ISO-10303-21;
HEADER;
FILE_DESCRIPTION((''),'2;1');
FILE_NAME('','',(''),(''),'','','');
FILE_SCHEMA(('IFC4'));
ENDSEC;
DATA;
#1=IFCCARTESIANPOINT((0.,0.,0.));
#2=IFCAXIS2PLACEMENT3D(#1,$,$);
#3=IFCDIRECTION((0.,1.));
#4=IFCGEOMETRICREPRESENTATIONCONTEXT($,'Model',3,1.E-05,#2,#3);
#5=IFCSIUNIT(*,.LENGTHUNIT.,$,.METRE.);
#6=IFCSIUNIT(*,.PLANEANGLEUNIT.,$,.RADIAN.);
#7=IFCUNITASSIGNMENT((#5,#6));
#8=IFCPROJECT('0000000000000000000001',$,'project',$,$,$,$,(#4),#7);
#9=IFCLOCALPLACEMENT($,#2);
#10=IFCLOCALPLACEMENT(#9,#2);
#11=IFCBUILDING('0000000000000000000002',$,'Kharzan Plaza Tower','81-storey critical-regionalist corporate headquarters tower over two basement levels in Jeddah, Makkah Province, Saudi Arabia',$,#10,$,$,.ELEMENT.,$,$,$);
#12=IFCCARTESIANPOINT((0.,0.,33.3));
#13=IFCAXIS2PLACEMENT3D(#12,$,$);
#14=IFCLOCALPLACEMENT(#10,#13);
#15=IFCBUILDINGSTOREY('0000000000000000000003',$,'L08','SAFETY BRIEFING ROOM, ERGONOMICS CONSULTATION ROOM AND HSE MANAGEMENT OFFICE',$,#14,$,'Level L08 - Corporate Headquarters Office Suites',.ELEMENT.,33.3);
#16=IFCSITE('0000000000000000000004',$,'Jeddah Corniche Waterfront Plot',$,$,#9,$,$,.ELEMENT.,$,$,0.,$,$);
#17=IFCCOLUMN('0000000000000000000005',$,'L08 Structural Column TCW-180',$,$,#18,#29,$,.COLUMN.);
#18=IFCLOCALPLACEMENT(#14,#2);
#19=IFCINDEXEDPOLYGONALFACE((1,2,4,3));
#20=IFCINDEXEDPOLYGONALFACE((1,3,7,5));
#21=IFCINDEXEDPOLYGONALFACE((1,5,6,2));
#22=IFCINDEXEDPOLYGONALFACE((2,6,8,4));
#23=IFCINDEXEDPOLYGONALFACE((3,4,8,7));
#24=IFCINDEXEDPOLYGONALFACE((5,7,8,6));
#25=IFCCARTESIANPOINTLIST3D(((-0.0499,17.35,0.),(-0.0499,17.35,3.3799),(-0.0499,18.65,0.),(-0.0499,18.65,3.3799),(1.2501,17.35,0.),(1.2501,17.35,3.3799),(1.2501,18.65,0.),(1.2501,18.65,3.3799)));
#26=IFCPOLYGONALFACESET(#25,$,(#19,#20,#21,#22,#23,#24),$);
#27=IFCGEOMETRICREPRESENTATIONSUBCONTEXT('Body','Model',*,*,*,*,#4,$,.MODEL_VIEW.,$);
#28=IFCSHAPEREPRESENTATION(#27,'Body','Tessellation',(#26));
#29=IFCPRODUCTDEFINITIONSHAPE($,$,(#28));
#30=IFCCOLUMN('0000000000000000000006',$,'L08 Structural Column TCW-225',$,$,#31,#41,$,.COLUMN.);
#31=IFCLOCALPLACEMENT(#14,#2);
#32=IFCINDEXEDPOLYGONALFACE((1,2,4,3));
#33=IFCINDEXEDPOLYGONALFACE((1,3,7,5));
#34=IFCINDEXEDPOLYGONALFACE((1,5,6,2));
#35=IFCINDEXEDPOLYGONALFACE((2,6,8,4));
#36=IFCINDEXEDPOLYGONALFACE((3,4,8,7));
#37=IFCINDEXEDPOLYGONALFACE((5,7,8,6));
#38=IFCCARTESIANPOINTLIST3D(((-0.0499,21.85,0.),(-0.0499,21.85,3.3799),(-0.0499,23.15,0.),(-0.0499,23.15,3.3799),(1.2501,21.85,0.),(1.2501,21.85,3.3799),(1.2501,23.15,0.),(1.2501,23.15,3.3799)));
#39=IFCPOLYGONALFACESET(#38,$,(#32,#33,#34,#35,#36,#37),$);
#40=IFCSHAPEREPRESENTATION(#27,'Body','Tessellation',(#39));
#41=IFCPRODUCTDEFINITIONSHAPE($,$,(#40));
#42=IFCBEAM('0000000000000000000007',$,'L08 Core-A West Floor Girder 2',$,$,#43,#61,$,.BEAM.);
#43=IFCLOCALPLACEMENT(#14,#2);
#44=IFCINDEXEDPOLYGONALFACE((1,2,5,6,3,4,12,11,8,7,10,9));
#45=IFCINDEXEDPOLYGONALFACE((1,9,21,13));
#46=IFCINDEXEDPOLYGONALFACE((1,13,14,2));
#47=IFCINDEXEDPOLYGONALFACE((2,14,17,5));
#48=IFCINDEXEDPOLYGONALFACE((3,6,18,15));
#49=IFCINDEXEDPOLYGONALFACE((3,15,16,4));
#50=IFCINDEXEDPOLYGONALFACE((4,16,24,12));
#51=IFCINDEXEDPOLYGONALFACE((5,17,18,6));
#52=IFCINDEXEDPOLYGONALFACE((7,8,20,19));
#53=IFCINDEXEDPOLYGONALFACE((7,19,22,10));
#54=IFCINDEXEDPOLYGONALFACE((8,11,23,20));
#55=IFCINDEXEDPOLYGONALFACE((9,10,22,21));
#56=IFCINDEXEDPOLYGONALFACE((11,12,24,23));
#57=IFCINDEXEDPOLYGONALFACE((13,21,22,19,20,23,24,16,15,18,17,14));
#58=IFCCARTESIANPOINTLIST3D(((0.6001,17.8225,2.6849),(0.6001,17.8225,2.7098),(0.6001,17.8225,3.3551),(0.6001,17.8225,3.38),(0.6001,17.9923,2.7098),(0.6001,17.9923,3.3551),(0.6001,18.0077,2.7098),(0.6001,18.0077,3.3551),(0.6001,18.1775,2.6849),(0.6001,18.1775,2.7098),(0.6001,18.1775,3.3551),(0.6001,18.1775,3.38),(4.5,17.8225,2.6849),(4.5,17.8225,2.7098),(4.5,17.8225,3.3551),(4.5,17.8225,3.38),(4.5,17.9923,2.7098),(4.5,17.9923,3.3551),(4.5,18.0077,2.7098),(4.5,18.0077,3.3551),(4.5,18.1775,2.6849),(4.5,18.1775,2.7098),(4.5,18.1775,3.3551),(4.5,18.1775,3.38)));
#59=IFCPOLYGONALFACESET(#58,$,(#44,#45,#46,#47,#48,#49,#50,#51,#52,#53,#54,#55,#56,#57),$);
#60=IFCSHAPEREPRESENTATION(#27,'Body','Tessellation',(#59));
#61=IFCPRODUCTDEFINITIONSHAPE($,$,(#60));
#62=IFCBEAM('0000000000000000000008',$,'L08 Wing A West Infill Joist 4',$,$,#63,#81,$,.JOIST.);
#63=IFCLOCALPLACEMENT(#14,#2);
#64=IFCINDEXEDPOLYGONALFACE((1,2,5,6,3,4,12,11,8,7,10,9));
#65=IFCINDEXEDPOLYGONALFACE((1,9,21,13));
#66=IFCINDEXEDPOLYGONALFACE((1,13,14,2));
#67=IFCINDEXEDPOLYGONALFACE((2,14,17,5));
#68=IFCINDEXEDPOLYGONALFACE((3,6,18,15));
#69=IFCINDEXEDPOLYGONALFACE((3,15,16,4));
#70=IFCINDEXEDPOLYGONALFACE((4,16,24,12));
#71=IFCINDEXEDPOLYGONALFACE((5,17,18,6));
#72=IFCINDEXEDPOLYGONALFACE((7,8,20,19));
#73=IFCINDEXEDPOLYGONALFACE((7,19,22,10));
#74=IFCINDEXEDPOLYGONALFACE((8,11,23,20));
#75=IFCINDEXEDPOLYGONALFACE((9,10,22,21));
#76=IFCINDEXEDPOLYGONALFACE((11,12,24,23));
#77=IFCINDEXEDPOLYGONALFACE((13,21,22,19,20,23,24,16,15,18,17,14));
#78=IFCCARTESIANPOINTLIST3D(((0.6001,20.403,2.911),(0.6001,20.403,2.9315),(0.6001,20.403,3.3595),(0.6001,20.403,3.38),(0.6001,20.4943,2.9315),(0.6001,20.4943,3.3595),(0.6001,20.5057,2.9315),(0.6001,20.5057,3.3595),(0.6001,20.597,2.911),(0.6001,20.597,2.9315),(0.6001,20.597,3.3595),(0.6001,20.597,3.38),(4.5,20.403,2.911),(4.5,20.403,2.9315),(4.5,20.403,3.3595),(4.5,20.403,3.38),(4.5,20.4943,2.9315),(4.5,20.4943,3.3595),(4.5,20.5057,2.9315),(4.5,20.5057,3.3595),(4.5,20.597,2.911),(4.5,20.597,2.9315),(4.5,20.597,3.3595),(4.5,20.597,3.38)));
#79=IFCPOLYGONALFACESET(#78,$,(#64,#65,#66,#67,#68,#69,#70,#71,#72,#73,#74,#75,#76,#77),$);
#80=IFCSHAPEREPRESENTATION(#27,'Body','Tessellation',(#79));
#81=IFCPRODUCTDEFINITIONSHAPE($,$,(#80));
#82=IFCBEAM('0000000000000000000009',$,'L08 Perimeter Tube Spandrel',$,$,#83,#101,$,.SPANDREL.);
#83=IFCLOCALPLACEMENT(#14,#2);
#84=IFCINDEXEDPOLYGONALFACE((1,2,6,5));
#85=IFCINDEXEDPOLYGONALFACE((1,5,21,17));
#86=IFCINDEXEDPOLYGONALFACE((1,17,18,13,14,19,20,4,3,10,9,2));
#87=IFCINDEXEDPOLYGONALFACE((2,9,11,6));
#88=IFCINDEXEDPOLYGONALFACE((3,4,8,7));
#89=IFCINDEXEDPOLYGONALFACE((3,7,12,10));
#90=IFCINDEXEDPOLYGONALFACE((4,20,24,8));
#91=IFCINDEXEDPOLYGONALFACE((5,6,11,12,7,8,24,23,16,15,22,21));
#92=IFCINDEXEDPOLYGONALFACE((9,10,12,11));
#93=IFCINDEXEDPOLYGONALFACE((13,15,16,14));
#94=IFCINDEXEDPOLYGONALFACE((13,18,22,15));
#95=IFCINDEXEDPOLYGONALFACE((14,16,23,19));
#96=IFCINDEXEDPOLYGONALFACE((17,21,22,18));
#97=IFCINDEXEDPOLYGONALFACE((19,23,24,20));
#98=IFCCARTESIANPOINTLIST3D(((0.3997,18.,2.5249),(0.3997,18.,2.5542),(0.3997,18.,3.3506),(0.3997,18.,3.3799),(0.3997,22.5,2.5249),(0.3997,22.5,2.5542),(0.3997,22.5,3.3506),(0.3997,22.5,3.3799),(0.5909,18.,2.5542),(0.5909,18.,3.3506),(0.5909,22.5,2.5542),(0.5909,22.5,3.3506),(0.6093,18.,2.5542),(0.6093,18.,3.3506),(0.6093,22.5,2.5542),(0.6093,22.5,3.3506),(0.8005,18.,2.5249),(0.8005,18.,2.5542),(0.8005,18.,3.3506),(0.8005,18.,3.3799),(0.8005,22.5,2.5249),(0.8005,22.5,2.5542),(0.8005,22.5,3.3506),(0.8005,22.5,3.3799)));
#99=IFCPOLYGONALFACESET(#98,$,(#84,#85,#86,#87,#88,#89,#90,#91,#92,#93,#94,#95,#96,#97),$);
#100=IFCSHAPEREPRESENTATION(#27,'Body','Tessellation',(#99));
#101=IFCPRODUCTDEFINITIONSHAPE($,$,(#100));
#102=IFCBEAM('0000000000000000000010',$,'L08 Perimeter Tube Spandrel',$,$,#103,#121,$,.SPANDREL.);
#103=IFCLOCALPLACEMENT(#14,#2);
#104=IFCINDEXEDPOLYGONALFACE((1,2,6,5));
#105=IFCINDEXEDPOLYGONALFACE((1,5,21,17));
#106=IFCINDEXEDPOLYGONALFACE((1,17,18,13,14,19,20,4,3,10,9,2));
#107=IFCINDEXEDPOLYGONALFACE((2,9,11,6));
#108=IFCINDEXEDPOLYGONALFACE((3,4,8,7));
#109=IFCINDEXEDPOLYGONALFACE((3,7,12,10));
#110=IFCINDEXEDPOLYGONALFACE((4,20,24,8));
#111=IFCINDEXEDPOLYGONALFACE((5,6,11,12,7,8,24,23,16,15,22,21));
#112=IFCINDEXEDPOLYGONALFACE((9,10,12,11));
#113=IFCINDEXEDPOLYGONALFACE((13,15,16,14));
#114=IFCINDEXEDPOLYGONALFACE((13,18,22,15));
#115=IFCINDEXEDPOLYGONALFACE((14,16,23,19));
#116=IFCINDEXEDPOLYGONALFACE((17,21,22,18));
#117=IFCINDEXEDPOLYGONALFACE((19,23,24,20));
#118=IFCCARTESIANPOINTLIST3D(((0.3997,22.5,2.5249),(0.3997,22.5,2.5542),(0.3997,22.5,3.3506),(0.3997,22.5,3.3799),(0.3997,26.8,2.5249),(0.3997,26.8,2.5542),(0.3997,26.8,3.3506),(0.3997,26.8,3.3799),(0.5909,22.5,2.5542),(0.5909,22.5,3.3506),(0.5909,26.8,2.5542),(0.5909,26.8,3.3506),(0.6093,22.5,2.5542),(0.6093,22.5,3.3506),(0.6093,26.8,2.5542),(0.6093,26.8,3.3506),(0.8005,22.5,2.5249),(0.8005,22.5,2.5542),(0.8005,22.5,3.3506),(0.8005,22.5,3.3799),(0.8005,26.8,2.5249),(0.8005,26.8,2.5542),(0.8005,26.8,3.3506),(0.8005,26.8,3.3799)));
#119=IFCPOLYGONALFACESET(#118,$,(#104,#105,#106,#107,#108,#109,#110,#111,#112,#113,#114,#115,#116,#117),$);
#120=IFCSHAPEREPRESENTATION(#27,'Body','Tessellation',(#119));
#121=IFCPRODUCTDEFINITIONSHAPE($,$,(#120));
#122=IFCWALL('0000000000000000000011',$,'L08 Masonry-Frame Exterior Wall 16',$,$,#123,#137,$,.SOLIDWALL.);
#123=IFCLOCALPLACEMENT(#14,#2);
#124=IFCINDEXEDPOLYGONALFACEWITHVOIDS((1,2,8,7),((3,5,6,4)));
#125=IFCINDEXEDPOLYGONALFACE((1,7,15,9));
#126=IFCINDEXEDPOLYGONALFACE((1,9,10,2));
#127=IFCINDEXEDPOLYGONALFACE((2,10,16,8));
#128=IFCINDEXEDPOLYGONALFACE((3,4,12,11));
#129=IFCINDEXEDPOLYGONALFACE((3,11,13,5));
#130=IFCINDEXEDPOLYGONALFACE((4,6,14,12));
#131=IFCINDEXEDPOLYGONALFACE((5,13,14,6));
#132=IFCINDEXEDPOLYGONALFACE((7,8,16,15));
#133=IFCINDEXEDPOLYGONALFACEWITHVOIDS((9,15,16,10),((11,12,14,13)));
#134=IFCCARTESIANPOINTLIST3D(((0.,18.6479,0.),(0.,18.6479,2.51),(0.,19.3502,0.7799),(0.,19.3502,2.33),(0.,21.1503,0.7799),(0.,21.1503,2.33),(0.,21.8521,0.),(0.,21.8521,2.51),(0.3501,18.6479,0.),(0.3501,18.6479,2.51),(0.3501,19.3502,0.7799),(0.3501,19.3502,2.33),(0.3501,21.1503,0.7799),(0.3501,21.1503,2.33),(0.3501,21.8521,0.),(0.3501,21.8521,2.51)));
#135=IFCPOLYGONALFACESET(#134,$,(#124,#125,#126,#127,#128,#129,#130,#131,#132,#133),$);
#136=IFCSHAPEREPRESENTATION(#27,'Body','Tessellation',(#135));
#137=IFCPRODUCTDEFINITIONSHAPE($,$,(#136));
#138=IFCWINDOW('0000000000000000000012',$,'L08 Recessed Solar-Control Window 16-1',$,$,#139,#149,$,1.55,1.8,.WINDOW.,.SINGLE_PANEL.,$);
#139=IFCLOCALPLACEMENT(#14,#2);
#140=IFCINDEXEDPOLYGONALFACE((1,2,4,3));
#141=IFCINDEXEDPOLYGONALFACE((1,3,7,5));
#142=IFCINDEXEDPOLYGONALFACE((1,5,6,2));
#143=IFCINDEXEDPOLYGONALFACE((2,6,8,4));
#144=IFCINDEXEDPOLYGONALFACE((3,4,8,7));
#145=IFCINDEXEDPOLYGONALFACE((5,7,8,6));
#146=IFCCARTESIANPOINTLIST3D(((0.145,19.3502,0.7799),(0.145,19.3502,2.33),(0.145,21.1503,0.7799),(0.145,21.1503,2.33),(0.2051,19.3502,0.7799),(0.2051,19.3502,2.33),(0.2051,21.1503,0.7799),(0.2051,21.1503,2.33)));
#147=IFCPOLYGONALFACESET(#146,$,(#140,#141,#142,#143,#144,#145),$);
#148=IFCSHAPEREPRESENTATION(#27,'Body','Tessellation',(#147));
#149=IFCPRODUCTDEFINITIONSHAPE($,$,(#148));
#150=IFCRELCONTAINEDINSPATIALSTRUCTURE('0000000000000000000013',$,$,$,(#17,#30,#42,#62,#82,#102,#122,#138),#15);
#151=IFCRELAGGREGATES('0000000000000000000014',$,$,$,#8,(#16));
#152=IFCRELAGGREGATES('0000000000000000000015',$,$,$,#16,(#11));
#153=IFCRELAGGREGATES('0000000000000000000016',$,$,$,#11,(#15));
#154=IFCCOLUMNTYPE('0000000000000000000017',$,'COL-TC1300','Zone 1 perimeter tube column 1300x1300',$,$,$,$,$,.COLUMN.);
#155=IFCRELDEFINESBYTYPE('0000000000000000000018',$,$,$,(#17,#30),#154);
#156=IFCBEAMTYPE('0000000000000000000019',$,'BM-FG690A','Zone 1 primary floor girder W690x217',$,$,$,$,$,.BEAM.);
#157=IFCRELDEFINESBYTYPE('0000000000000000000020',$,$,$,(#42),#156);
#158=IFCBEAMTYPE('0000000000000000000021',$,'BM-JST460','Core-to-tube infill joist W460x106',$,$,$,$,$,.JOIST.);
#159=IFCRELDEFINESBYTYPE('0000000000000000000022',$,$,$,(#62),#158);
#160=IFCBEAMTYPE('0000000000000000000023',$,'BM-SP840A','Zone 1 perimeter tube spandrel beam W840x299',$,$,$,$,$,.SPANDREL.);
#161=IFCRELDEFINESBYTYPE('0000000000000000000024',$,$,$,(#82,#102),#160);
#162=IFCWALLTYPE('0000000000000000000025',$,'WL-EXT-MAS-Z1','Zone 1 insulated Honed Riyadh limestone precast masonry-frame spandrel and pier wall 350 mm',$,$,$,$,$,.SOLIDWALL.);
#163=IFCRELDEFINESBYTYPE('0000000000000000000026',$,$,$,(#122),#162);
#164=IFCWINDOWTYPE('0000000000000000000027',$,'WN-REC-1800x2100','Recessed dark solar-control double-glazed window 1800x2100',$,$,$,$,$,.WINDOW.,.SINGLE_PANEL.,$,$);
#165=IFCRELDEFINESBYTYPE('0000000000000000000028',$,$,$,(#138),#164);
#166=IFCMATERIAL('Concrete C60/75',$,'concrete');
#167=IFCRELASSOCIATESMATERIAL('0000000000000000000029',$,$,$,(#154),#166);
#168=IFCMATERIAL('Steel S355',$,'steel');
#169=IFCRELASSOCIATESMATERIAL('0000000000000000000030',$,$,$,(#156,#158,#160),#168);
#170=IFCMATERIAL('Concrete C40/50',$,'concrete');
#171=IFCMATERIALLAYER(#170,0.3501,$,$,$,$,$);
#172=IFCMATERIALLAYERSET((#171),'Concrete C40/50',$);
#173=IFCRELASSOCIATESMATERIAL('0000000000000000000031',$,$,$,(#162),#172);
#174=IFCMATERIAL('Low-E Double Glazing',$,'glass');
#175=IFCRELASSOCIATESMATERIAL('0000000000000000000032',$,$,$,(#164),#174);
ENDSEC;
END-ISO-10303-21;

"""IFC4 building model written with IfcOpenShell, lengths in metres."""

from ifc_helpers import new_model, si_unit, direction, frame, frame_2d, origin, origin_2d, place, context, subcontext, project, spatial, rectangle, i_section, extrude, source, transform, mapped, material, layer, layer_set, material_profile, profile_set, type_object, element, fill, save


model = new_model("IFC4")

# Units and contexts
model_context = context("Model", 3, precision=1e-05, world=origin(), true_north=direction((0.0, 1.0)))
body_context = subcontext(model_context, "Body", "Model", "MODEL_VIEW")
ifc_project = project(units=[si_unit("LENGTHUNIT", "METRE"), si_unit("PLANEANGLEUNIT", "RADIAN")], contexts=[model_context])

# Site, building, storey
site_placement = place(None, origin())
site = spatial("IfcSite", under=ifc_project, at=site_placement, Name="Jeddah Corniche Waterfront Plot", CompositionType="ELEMENT", RefElevation=0.0)
building_placement = place(site_placement, origin())
building = spatial("IfcBuilding", under=site, at=building_placement, Name="Kharzan Plaza Tower", Description="81-storey critical-regionalist corporate headquarters tower over two basement levels in Jeddah, Makkah Province, Saudi Arabia", CompositionType="ELEMENT")
storey_placement = place(building_placement, frame((0.0, 0.0, 33.3)))
storey = spatial("IfcBuildingStorey", under=building, at=storey_placement, Name="L08", Description="SAFETY BRIEFING ROOM, ERGONOMICS CONSULTATION ROOM AND HSE MANAGEMENT OFFICE", LongName="Level L08 - Corporate Headquarters Office Suites", CompositionType="ELEMENT", Elevation=33.3)

# Columns
ifc_material_1 = material(Name="Concrete C60/75", Category="concrete")
ifc_material_profile_1 = material_profile(ifc_material_1, rectangle(XDim=1.3, YDim=1.3, at=origin_2d()), Name="RC-TC1300x1300")
ifc_profile_set_1 = profile_set([ifc_material_profile_1], Name="Concrete C60/75")
column_type = type_object("IfcColumnType", Name="COL-TC1300", Description="Zone 1 perimeter tube column 1300x1300", PredefinedType="COLUMN", material=ifc_profile_set_1)
shared_shape_1 = source(origin(), body_context, "Body", "SweptSolid", [
    extrude(rectangle(XDim=1.3, YDim=1.3, at=origin_2d()), origin(), (0.0, 0.0, 1.0), 3.3799),
])
for number, where, z_axis, x_axis, name in (
    (1, (0.6001, 18.0, 0.0), (0.0, 0.0, 1.0), (1.0, 0.0, 0.0), "L08 Structural Column TCW-180"),
    (2, (0.6001, 22.5, 0.0), (0.0, 0.0, 1.0), (1.0, 0.0, 0.0), "L08 Structural Column TCW-225"),
):
    element("IfcColumn", number, at=place(storey_placement, frame(where, z_axis=z_axis, x_axis=x_axis)), inside=storey, type_object=column_type, Name=name, PredefinedType="COLUMN", context=body_context, shape_type="MappedRepresentation", body=[
        mapped(shared_shape_1, transform((0.0, 0.0, 0.0), x_axis=(1.0, 0.0, 0.0), y_axis=(0.0, 1.0, 0.0), z_axis=(0.0, 0.0, 1.0))),
    ])

# Beams
ifc_material_2 = material(Name="Steel S355", Category="steel")
ifc_material_profile_2 = material_profile(ifc_material_2, i_section(OverallWidth=0.355, OverallDepth=0.6951, WebThickness=0.0154, FlangeThickness=0.0249, at=origin_2d()), Name="W690x217")
ifc_profile_set_2 = profile_set([ifc_material_profile_2], Name="Steel S355")
beam_type_1 = type_object("IfcBeamType", Name="BM-FG690A", Description="Zone 1 primary floor girder W690x217", PredefinedType="BEAM", material=ifc_profile_set_2)
shared_shape_2 = source(origin(), body_context, "Body", "SweptSolid", [
    extrude(i_section(OverallWidth=0.355, OverallDepth=0.6951, WebThickness=0.0154, FlangeThickness=0.0249, at=origin_2d()), origin(), (0.0, 0.0, 1.0), 3.8999),
])
beam_1_placement = place(storey_placement, frame((0.6001, 18.0, 3.0325), z_axis=(1.0, 0.0, 0.0), x_axis=(0.0, 1.0, 0.0)))
element("IfcBeam", 3, at=beam_1_placement, inside=storey, type_object=beam_type_1, Name="L08 Core-A West Floor Girder 2", PredefinedType="BEAM", context=body_context, shape_type="MappedRepresentation", body=[
    mapped(shared_shape_2, transform((0.0, 0.0, 0.0), x_axis=(1.0, 0.0, 0.0), y_axis=(0.0, 1.0, 0.0), z_axis=(0.0, 0.0, 1.0))),
])
ifc_material_profile_3 = material_profile(ifc_material_2, i_section(OverallWidth=0.1941, OverallDepth=0.469, WebThickness=0.0115, FlangeThickness=0.0205, at=origin_2d()), Name="W460x106")
ifc_profile_set_3 = profile_set([ifc_material_profile_3], Name="Steel S355")
beam_type_2 = type_object("IfcBeamType", Name="BM-JST460", Description="Core-to-tube infill joist W460x106", PredefinedType="JOIST", material=ifc_profile_set_3)
shared_shape_3 = source(origin(), body_context, "Body", "SweptSolid", [
    extrude(i_section(OverallWidth=0.1941, OverallDepth=0.469, WebThickness=0.0115, FlangeThickness=0.0205, at=origin_2d()), origin(), (0.0, 0.0, 1.0), 3.8999),
])
beam_2_placement = place(storey_placement, frame((0.6001, 20.5, 3.1455), z_axis=(1.0, 0.0, 0.0), x_axis=(0.0, 1.0, 0.0)))
element("IfcBeam", 4, at=beam_2_placement, inside=storey, type_object=beam_type_2, Name="L08 Wing A West Infill Joist 4", PredefinedType="JOIST", context=body_context, shape_type="MappedRepresentation", body=[
    mapped(shared_shape_3, transform((0.0, 0.0, 0.0), x_axis=(1.0, 0.0, 0.0), y_axis=(0.0, 1.0, 0.0), z_axis=(0.0, 0.0, 1.0))),
])
ifc_material_profile_4 = material_profile(ifc_material_2, i_section(OverallWidth=0.4009, OverallDepth=0.855, WebThickness=0.0183, FlangeThickness=0.0293, at=origin_2d()), Name="W840x299")
ifc_profile_set_4 = profile_set([ifc_material_profile_4], Name="Steel S355")
beam_type_3 = type_object("IfcBeamType", Name="BM-SP840A", Description="Zone 1 perimeter tube spandrel beam W840x299", PredefinedType="SPANDREL", material=ifc_profile_set_4)
shared_shape_4 = source(origin(), body_context, "Body", "SweptSolid", [
    extrude(i_section(OverallWidth=0.4009, OverallDepth=0.855, WebThickness=0.0183, FlangeThickness=0.0293, at=origin_2d()), origin(), (0.0, 0.0, 1.0), 4.5),
])
beam_3_placement = place(storey_placement, frame((0.6001, 18.0, 2.9524), z_axis=(0.0, 1.0, 0.0), x_axis=(-1.0, 0.0, 0.0)))
element("IfcBeam", 5, at=beam_3_placement, inside=storey, type_object=beam_type_3, Name="L08 Perimeter Tube Spandrel", PredefinedType="SPANDREL", context=body_context, shape_type="MappedRepresentation", body=[
    mapped(shared_shape_4, transform((0.0, 0.0, 0.0), x_axis=(1.0, 0.0, 0.0), y_axis=(0.0, 1.0, 0.0), z_axis=(0.0, 0.0, 1.0))),
])
shared_shape_5 = source(origin(), body_context, "Body", "SweptSolid", [
    extrude(i_section(OverallWidth=0.4009, OverallDepth=0.855, WebThickness=0.0183, FlangeThickness=0.0293, at=origin_2d()), origin(), (0.0, 0.0, 1.0), 4.3),
])
beam_4_placement = place(storey_placement, frame((0.6001, 22.5, 2.9524), z_axis=(0.0, 1.0, 0.0), x_axis=(-1.0, 0.0, 0.0)))
element("IfcBeam", 6, at=beam_4_placement, inside=storey, type_object=beam_type_3, Name="L08 Perimeter Tube Spandrel", PredefinedType="SPANDREL", context=body_context, shape_type="MappedRepresentation", body=[
    mapped(shared_shape_5, transform((0.0, 0.0, 0.0), x_axis=(1.0, 0.0, 0.0), y_axis=(0.0, 1.0, 0.0), z_axis=(0.0, 0.0, 1.0))),
])

# Wall, opening, window
ifc_material_3 = material(Name="Concrete C40/50", Category="concrete")
ifc_layer_1 = layer(ifc_material_3, 0.3501)
ifc_layer_set_1 = layer_set([ifc_layer_1], Name="Concrete C40/50")
wall_type_1 = type_object("IfcWallType", Name="WL-EXT-MAS-Z1", Description="Zone 1 insulated Honed Riyadh limestone precast masonry-frame spandrel and pier wall 350 mm", PredefinedType="SOLIDWALL", material=ifc_layer_set_1)
wall_1_placement = place(storey_placement, frame((0.175, 21.8521, 0.0), z_axis=(0.0, 0.0, 1.0), x_axis=(0.0, -1.0, 0.0)))
wall_1 = element("IfcWall", 7, at=wall_1_placement, inside=storey, type_object=wall_type_1, Name="L08 Masonry-Frame Exterior Wall 16", PredefinedType="SOLIDWALL", context=body_context, shape_type="SweptSolid", body=[
    extrude(rectangle(XDim=3.2041, YDim=0.3501, at=frame_2d((1.6021, 0.0))), origin(), (0.0, 0.0, 1.0), 2.51),
])
opening_1_placement = place(wall_1_placement, frame((0.7019, 0.0, 0.78)))
opening_1 = element("IfcOpeningElement", 8, at=opening_1_placement, cuts=wall_1, PredefinedType="OPENING", context=body_context, shape_type="SweptSolid", body=[
    extrude(rectangle(XDim=1.8, YDim=1.55, at=frame_2d((0.8999, 0.7749))), frame((0.0, 0.1851, 0.0), z_axis=(0.0, -1.0, 0.0), x_axis=(1.0, 0.0, 0.0)), (0.0, 0.0, 1.0), 0.3701),
])
ifc_material_4 = material(Name="Low-E Double Glazing", Category="glass")
window_type = type_object("IfcWindowType", Name="WN-REC-1800x2100", Description="Recessed dark solar-control double-glazed window 1800x2100", PartitioningType="SINGLE_PANEL", PredefinedType="WINDOW", material=ifc_material_4)
shared_shape_6 = source(origin(), body_context, "Body", "SweptSolid", [
    extrude(rectangle(XDim=1.8, YDim=1.55, at=frame_2d((0.8999, 0.7749))), frame((0.0, 0.03, 0.0), z_axis=(0.0, -1.0, 0.0), x_axis=(1.0, 0.0, 0.0)), (0.0, 0.0, 1.0), 0.0601),
])
window_placement = place(opening_1_placement, origin())
window = element("IfcWindow", 9, at=window_placement, inside=storey, type_object=window_type, Name="L08 Recessed Solar-Control Window 16-1", OverallHeight=1.55, OverallWidth=1.8, PartitioningType="SINGLE_PANEL", PredefinedType="WINDOW", context=body_context, shape_type="MappedRepresentation", body=[
    mapped(shared_shape_6, transform((0.0, 0.0, 0.0), x_axis=(1.0, 0.0, 0.0), y_axis=(0.0, 1.0, 0.0), z_axis=(0.0, 0.0, 1.0))),
])
fill(opening_1, window)

save(model, "model.ifc")
